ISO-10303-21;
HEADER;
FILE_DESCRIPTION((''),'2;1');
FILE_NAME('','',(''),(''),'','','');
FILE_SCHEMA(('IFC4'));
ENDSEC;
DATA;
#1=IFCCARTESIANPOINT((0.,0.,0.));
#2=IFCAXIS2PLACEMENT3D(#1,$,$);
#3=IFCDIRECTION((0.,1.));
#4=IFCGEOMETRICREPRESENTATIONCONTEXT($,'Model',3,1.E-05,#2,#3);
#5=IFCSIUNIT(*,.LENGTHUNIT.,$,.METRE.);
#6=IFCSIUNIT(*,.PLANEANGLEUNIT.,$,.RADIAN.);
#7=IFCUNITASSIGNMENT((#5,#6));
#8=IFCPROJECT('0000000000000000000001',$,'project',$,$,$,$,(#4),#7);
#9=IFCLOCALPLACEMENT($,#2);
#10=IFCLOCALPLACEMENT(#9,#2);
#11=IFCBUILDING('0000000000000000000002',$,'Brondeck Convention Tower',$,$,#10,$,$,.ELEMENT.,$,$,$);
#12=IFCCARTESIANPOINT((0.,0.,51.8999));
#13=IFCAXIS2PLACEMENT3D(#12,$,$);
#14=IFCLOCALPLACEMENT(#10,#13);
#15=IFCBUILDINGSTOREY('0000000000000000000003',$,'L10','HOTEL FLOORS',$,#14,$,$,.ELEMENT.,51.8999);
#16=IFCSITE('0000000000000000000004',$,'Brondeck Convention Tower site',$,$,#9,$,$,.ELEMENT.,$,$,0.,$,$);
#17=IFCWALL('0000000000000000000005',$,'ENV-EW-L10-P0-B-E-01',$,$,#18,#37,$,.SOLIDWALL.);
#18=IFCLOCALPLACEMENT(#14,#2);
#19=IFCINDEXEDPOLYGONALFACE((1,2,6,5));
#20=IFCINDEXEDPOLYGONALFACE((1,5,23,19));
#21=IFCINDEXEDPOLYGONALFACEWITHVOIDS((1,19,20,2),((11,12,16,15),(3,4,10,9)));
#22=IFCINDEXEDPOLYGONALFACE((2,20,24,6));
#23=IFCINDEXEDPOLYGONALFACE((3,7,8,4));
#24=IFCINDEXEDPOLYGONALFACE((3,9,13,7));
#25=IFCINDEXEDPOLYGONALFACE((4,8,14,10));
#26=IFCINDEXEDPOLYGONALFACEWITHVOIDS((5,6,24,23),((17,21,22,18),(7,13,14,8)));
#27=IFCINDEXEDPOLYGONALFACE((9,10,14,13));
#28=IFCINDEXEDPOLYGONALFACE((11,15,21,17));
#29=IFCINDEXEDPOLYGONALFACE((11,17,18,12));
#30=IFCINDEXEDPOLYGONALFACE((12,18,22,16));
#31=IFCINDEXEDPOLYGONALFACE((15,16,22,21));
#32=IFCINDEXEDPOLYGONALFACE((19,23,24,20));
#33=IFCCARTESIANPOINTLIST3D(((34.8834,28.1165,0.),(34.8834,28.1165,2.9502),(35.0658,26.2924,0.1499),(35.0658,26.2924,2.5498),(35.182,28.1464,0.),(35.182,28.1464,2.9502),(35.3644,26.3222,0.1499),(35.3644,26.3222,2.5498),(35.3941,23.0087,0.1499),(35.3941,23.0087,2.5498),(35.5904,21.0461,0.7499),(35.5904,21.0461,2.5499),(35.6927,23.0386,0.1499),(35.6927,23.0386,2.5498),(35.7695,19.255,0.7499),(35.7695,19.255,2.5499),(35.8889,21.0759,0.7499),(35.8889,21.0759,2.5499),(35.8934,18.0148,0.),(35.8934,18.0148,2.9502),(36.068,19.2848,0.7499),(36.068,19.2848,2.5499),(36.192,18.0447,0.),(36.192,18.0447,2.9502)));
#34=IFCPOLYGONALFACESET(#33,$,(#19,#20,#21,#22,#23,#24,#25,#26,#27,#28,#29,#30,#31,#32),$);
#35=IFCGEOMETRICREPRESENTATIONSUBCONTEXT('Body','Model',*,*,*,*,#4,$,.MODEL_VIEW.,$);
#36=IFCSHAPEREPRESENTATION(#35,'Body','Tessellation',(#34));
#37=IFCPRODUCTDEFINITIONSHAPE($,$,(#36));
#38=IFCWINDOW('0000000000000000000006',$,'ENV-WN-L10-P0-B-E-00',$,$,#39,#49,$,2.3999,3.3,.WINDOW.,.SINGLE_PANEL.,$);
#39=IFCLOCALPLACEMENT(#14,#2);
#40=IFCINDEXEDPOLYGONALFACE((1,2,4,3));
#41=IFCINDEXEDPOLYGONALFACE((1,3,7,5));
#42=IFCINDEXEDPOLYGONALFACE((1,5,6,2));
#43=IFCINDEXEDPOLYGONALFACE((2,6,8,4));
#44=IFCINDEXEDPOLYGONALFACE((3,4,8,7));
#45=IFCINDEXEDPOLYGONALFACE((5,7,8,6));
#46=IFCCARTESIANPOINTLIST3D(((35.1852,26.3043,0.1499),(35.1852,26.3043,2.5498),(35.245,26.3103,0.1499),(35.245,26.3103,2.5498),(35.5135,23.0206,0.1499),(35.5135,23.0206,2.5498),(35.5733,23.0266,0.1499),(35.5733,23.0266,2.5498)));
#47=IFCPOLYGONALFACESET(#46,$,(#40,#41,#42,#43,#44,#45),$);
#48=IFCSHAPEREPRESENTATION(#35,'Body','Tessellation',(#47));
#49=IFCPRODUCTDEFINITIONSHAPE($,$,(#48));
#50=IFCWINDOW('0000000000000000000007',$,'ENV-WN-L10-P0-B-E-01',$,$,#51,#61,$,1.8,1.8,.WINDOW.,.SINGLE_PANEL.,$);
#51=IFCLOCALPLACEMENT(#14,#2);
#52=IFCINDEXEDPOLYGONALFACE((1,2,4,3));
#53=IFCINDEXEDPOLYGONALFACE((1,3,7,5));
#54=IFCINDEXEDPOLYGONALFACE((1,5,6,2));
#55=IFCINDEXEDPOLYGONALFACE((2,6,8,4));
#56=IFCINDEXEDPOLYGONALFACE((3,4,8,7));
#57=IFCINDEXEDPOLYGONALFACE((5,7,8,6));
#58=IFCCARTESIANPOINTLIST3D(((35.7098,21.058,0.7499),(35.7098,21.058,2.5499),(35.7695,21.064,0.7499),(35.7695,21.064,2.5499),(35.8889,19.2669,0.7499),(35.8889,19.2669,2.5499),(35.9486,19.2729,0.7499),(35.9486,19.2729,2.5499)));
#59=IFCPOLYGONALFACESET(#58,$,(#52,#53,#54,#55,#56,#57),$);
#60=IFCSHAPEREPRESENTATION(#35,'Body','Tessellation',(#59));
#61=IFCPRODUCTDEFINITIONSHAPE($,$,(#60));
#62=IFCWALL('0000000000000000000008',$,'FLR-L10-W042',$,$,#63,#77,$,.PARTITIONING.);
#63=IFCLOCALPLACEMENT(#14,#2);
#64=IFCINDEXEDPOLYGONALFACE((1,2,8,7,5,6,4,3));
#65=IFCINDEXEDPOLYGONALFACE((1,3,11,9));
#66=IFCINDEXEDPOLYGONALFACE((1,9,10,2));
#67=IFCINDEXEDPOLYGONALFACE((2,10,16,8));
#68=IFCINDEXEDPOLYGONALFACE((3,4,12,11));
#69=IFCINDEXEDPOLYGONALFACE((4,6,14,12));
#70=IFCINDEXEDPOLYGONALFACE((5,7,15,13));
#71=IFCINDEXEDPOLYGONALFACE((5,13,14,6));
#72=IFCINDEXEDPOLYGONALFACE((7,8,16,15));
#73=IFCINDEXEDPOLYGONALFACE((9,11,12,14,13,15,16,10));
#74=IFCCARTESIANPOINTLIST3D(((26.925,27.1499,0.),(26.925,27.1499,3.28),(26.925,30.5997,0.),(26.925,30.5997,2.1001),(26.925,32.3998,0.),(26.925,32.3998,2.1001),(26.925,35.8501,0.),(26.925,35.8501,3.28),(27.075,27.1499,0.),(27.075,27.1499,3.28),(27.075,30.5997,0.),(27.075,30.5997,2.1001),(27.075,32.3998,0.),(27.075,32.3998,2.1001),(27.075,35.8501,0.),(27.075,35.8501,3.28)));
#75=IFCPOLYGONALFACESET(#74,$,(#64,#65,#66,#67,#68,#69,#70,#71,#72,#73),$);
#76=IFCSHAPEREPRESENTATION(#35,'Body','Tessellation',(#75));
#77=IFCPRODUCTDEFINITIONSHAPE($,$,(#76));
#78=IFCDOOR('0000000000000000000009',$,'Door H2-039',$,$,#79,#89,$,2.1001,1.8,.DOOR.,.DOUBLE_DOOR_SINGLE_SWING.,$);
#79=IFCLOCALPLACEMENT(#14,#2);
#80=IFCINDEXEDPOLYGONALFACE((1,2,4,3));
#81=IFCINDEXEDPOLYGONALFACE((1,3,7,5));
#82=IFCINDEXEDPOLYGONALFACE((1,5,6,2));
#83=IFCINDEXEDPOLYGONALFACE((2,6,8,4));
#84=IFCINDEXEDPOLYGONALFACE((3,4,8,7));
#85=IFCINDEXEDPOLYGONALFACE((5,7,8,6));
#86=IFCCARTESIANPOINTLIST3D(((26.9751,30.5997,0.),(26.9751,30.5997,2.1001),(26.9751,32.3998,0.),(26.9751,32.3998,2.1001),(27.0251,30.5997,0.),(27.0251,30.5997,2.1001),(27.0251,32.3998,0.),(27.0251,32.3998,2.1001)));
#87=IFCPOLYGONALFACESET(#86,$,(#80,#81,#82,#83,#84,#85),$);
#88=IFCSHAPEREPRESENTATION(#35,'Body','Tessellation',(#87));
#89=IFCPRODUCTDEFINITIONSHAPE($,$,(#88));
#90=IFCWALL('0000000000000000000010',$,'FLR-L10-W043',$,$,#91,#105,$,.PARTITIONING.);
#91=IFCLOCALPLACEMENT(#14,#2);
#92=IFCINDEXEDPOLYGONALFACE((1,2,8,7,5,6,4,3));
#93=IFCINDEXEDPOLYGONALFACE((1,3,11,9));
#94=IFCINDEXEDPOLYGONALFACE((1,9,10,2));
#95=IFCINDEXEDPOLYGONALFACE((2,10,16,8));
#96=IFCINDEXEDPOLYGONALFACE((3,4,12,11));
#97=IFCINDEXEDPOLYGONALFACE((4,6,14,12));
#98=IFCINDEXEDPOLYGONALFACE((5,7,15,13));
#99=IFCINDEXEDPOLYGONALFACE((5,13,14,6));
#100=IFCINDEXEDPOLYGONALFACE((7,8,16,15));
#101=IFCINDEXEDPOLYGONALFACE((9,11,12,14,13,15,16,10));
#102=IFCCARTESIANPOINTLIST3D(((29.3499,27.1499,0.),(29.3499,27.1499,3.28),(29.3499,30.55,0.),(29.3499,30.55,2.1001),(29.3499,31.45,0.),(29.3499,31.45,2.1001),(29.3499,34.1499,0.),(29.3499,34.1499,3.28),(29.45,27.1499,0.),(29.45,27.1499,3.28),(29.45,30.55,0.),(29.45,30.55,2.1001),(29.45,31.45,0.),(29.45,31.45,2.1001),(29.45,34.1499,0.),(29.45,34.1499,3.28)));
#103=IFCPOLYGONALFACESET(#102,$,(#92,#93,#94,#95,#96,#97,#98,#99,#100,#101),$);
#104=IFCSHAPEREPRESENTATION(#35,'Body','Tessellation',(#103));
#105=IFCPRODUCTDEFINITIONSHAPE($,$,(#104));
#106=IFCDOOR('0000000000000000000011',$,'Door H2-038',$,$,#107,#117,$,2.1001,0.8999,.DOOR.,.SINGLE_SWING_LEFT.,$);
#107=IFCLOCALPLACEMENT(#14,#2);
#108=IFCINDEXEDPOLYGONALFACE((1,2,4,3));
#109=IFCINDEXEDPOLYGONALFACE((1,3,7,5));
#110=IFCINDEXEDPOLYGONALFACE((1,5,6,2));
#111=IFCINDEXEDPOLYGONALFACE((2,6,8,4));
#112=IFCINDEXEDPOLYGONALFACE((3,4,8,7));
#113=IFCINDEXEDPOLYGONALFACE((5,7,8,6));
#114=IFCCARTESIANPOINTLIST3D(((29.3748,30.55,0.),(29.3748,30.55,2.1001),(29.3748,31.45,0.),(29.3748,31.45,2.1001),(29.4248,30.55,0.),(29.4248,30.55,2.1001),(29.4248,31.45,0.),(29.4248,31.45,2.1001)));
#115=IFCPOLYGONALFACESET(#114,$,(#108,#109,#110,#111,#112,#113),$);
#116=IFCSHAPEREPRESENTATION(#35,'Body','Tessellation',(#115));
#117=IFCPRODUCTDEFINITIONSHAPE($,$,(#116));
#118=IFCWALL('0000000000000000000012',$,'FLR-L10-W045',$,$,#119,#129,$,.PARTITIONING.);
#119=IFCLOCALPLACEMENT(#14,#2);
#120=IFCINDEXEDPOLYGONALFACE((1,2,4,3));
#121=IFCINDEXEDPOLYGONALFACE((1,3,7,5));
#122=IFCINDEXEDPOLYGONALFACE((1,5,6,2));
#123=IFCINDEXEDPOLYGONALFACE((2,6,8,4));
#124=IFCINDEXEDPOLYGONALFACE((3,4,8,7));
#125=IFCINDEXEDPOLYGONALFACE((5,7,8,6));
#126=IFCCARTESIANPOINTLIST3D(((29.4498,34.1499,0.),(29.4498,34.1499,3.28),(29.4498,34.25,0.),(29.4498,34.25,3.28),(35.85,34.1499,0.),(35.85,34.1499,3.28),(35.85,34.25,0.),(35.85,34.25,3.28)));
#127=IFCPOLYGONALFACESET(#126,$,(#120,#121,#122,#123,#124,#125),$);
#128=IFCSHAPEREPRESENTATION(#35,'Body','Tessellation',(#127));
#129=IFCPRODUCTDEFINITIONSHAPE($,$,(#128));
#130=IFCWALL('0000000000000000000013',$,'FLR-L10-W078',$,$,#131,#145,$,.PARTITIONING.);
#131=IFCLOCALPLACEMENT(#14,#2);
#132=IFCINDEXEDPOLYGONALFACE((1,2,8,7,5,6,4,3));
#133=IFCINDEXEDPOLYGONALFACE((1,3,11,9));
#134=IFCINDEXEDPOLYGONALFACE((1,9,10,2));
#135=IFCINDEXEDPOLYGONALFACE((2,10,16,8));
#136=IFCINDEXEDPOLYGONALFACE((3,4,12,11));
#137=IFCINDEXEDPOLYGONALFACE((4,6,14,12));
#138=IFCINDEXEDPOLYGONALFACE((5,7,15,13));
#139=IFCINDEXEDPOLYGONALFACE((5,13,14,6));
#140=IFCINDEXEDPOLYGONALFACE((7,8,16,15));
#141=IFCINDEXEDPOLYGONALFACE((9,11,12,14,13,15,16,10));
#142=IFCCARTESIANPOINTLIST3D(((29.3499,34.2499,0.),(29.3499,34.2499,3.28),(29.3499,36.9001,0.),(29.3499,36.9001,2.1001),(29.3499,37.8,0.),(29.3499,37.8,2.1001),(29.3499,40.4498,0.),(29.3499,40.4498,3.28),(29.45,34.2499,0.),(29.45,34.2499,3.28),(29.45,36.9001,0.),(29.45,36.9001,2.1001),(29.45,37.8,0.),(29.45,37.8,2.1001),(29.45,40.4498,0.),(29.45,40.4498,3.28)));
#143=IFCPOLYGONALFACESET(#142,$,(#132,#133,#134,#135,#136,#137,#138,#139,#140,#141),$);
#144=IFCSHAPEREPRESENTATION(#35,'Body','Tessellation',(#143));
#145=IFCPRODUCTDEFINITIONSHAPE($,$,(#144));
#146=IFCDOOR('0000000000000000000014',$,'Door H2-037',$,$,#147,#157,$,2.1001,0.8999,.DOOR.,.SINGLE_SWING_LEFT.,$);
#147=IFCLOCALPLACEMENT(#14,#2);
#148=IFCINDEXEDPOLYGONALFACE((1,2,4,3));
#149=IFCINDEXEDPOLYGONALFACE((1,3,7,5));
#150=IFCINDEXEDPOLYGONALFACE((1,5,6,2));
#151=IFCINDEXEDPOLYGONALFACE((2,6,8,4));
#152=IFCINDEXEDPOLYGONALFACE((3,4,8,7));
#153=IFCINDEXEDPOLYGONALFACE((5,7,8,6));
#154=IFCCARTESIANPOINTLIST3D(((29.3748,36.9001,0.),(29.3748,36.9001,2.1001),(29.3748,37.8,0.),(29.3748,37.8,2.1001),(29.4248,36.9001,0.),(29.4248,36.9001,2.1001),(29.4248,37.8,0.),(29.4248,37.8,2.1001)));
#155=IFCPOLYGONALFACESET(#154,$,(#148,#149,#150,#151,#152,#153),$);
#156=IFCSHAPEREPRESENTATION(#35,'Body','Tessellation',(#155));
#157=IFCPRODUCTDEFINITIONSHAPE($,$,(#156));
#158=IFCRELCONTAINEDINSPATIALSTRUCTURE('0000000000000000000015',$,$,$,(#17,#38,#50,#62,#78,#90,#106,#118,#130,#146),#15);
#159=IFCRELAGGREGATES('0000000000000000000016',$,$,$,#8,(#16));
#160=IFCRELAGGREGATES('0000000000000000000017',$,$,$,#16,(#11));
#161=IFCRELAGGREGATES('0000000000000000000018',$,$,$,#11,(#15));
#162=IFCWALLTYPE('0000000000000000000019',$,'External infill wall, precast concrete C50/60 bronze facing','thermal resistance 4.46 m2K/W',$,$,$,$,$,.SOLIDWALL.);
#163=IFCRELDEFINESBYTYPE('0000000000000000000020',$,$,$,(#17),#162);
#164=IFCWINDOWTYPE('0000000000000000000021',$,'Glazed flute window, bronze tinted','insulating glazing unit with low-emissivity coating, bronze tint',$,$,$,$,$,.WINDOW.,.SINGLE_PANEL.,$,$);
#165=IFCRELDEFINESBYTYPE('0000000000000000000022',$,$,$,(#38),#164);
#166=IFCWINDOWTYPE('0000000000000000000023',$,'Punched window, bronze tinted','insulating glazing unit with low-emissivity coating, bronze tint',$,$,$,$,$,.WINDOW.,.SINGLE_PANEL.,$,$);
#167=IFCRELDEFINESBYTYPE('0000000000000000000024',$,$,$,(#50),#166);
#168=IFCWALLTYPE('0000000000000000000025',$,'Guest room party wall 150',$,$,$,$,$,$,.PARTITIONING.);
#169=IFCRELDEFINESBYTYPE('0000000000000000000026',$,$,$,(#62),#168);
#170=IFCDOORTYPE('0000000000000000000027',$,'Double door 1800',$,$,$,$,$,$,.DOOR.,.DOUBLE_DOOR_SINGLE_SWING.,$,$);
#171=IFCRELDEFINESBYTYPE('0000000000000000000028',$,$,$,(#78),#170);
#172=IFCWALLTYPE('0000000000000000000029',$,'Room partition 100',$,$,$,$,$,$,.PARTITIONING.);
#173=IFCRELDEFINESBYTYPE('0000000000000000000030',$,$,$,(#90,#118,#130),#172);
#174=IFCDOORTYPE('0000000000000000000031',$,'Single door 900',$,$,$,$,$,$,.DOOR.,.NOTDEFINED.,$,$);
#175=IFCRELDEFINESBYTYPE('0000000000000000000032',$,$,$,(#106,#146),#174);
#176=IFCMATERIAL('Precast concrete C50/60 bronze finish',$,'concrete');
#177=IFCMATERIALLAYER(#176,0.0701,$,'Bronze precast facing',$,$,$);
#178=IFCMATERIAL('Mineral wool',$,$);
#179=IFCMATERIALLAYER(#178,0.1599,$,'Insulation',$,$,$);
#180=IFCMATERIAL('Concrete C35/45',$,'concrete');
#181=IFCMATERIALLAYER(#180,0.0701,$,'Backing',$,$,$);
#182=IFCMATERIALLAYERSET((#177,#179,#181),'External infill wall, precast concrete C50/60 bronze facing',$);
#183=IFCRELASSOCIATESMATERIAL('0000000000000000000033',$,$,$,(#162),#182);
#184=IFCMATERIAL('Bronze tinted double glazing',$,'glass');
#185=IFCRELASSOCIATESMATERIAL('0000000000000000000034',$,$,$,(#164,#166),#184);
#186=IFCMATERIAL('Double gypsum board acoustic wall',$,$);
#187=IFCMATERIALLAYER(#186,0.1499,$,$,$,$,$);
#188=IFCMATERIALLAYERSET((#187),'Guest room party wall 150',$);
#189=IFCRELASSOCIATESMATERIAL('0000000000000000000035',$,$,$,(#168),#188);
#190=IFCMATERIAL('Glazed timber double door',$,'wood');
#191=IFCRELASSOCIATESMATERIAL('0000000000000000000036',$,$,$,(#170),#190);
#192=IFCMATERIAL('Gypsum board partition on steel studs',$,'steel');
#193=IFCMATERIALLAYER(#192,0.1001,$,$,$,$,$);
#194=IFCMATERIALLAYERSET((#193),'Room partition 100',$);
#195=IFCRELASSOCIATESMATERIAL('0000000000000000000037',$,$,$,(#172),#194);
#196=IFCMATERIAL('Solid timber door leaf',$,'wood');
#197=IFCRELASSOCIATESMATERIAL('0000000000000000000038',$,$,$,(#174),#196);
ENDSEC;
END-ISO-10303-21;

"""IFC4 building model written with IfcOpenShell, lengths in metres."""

from ifc_helpers import new_model, si_unit, direction, frame, frame_2d, origin, place, context, subcontext, project, spatial, rectangle, extrude, material, layer, layer_set, type_object, element, fill, save


model = new_model("IFC4")

# Units and contexts
model_context = context("Model", 3, precision=1e-05, world=origin(), true_north=direction((0.0, 1.0)))
body_context = subcontext(model_context, "Body", "Model", "MODEL_VIEW")
ifc_project = project(units=[si_unit("LENGTHUNIT", "METRE"), si_unit("PLANEANGLEUNIT", "RADIAN")], contexts=[model_context])

# Site, building, storey
site_placement = place(None, origin())
site = spatial("IfcSite", under=ifc_project, at=site_placement, Name="Brondeck Convention Tower site", CompositionType="ELEMENT", RefElevation=0.0)
building_placement = place(site_placement, origin())
building = spatial("IfcBuilding", under=site, at=building_placement, Name="Brondeck Convention Tower", CompositionType="ELEMENT")
storey_placement = place(building_placement, frame((0.0, 0.0, 51.8999)))
storey = spatial("IfcBuildingStorey", under=building, at=storey_placement, Name="L10", Description="HOTEL FLOORS", CompositionType="ELEMENT", Elevation=51.8999)

# Wall, openings, windows
ifc_material_1 = material(Name="Precast concrete C50/60 bronze finish", Category="concrete")
ifc_layer_1 = layer(ifc_material_1, 0.0701, Name="Bronze precast facing")
ifc_material_2 = material(Name="Mineral wool")
ifc_layer_2 = layer(ifc_material_2, 0.1599, Name="Insulation")
ifc_material_3 = material(Name="Concrete C35/45", Category="concrete")
ifc_layer_3 = layer(ifc_material_3, 0.0701, Name="Backing")
ifc_layer_set_1 = layer_set([ifc_layer_1, ifc_layer_2, ifc_layer_3], Name="External infill wall, precast concrete C50/60 bronze facing")
wall_type_1 = type_object("IfcWallType", Name="External infill wall, precast concrete C50/60 bronze facing", Description="thermal resistance 4.46 m2K/W", PredefinedType="SOLIDWALL", material=ifc_layer_set_1)
wall_1_placement = place(storey_placement, frame((35.0327, 28.1316, 0.0), z_axis=(0.0, 0.0, 1.0), x_axis=(0.099487, -0.995039, 0.0)))
wall_1 = element("IfcWall", 1, at=wall_1_placement, inside=storey, type_object=wall_type_1, Name="ENV-EW-L10-P0-B-E-01", PredefinedType="SOLIDWALL", context=body_context, shape_type="SweptSolid", body=[
    extrude(rectangle(XDim=10.1521, YDim=0.3, at=frame_2d((5.0762, 0.0))), origin(), (0.0, 0.0, 1.0), 2.9502),
])
opening_1_placement = place(wall_1_placement, frame((1.8335, 0.0, 0.1499)))
opening_1 = element("IfcOpeningElement", 2, at=opening_1_placement, cuts=wall_1, PredefinedType="OPENING", context=body_context, shape_type="SweptSolid", body=[
    extrude(rectangle(XDim=3.3, YDim=2.3999, at=frame_2d((1.6499, 1.2))), frame((0.0, 0.1599, 0.0), z_axis=(0.0, -1.0, 0.0), x_axis=(1.0, 0.0, 0.0)), (0.0, 0.0, 1.0), 0.3201),
])
opening_2_placement = place(wall_1_placement, frame((7.106, 0.0, 0.75)))
opening_2 = element("IfcOpeningElement", 3, at=opening_2_placement, cuts=wall_1, PredefinedType="OPENING", context=body_context, shape_type="SweptSolid", body=[
    extrude(rectangle(XDim=1.8, YDim=1.8, at=frame_2d((0.8999, 0.8999))), frame((0.0, 0.1599, 0.0), z_axis=(0.0, -1.0, 0.0), x_axis=(1.0, 0.0, 0.0)), (0.0, 0.0, 1.0), 0.3201),
])
ifc_material_4 = material(Name="Bronze tinted double glazing", Category="glass")
window_type_1 = type_object("IfcWindowType", Name="Glazed flute window, bronze tinted", Description="insulating glazing unit with low-emissivity coating, bronze tint", PartitioningType="SINGLE_PANEL", PredefinedType="WINDOW", material=ifc_material_4)
window_1_placement = place(opening_1_placement, origin())
window_1 = element("IfcWindow", 4, at=window_1_placement, inside=storey, type_object=window_type_1, Name="ENV-WN-L10-P0-B-E-00", OverallHeight=2.3999, OverallWidth=3.3, PartitioningType="SINGLE_PANEL", PredefinedType="WINDOW", context=body_context, shape_type="SweptSolid", body=[
    extrude(rectangle(XDim=3.3, YDim=2.3999, at=frame_2d((1.6499, 1.2))), frame((0.0, 0.03, 0.0), z_axis=(0.0, -1.0, 0.0), x_axis=(1.0, 0.0, 0.0)), (0.0, 0.0, 1.0), 0.0601),
])
fill(opening_1, window_1)
window_type_2 = type_object("IfcWindowType", Name="Punched window, bronze tinted", Description="insulating glazing unit with low-emissivity coating, bronze tint", PartitioningType="SINGLE_PANEL", PredefinedType="WINDOW", material=ifc_material_4)
window_2_placement = place(opening_2_placement, origin())
window_2 = element("IfcWindow", 5, at=window_2_placement, inside=storey, type_object=window_type_2, Name="ENV-WN-L10-P0-B-E-01", OverallHeight=1.8, OverallWidth=1.8, PartitioningType="SINGLE_PANEL", PredefinedType="WINDOW", context=body_context, shape_type="SweptSolid", body=[
    extrude(rectangle(XDim=1.8, YDim=1.8, at=frame_2d((0.8999, 0.8999))), frame((0.0, 0.03, 0.0), z_axis=(0.0, -1.0, 0.0), x_axis=(1.0, 0.0, 0.0)), (0.0, 0.0, 1.0), 0.0601),
])
fill(opening_2, window_2)

# Walls, openings, doors
ifc_material_5 = material(Name="Double gypsum board acoustic wall")
ifc_layer_4 = layer(ifc_material_5, 0.1499)
ifc_layer_set_2 = layer_set([ifc_layer_4], Name="Guest room party wall 150")
wall_type_2 = type_object("IfcWallType", Name="Guest room party wall 150", PredefinedType="PARTITIONING", material=ifc_layer_set_2)
wall_2_placement = place(storey_placement, frame((27.0, 27.1499, 0.0), z_axis=(0.0, 0.0, 1.0), x_axis=(0.0, 1.0, 0.0)))
wall_2 = element("IfcWall", 6, at=wall_2_placement, inside=storey, type_object=wall_type_2, Name="FLR-L10-W042", PredefinedType="PARTITIONING", context=body_context, shape_type="SweptSolid", body=[
    extrude(rectangle(XDim=8.7002, YDim=0.1499, at=frame_2d((4.3501, 0.0))), origin(), (0.0, 0.0, 1.0), 3.28),
])
opening_3_placement = place(wall_2_placement, frame((3.45, 0.0, 0.0)))
opening_3 = element("IfcOpeningElement", 7, at=opening_3_placement, cuts=wall_2, PredefinedType="OPENING", context=body_context, shape_type="SweptSolid", body=[
    extrude(rectangle(XDim=1.8, YDim=2.1001, at=frame_2d((0.8999, 1.05))), frame((0.0, 0.085, 0.0), z_axis=(0.0, -1.0, 0.0), x_axis=(1.0, 0.0, 0.0)), (0.0, 0.0, 1.0), 0.1699),
])
ifc_material_6 = material(Name="Glazed timber double door", Category="wood")
door_type_1 = type_object("IfcDoorType", Name="Double door 1800", OperationType="DOUBLE_DOOR_SINGLE_SWING", PredefinedType="DOOR", material=ifc_material_6)
door_1_placement = place(opening_3_placement, origin())
door_1 = element("IfcDoor", 8, at=door_1_placement, inside=storey, type_object=door_type_1, Name="Door H2-039", OperationType="DOUBLE_DOOR_SINGLE_SWING", OverallHeight=2.1001, OverallWidth=1.8, PredefinedType="DOOR", context=body_context, shape_type="SweptSolid", body=[
    extrude(rectangle(XDim=1.8, YDim=2.1001, at=frame_2d((0.8999, 1.05))), frame((0.0, 0.0249, 0.0), z_axis=(0.0, -1.0, 0.0), x_axis=(1.0, 0.0, 0.0)), (0.0, 0.0, 1.0), 0.05),
])
fill(opening_3, door_1)
ifc_material_7 = material(Name="Gypsum board partition on steel studs", Category="steel")
ifc_layer_5 = layer(ifc_material_7, 0.1001)
ifc_layer_set_3 = layer_set([ifc_layer_5], Name="Room partition 100")
wall_type_3 = type_object("IfcWallType", Name="Room partition 100", PredefinedType="PARTITIONING", material=ifc_layer_set_3)
wall_3_placement = place(storey_placement, frame((29.3999, 34.1499, 0.0), z_axis=(0.0, 0.0, 1.0), x_axis=(0.0, -1.0, 0.0)))
wall_3 = element("IfcWall", 9, at=wall_3_placement, inside=storey, type_object=wall_type_3, Name="FLR-L10-W043", PredefinedType="PARTITIONING", context=body_context, shape_type="SweptSolid", body=[
    extrude(rectangle(XDim=7.0, YDim=0.1001, at=frame_2d((3.5, 0.0))), origin(), (0.0, 0.0, 1.0), 3.28),
])
opening_4_placement = place(wall_3_placement, frame((2.7, 0.0, 0.0)))
opening_4 = element("IfcOpeningElement", 10, at=opening_4_placement, cuts=wall_3, PredefinedType="OPENING", context=body_context, shape_type="SweptSolid", body=[
    extrude(rectangle(XDim=0.8999, YDim=2.1001, at=frame_2d((0.45, 1.05))), frame((0.0, 0.0601, 0.0), z_axis=(0.0, -1.0, 0.0), x_axis=(1.0, 0.0, 0.0)), (0.0, 0.0, 1.0), 0.1201),
])
ifc_material_8 = material(Name="Solid timber door leaf", Category="wood")
door_type_2 = type_object("IfcDoorType", Name="Single door 900", OperationType="NOTDEFINED", PredefinedType="DOOR", material=ifc_material_8)
door_2_placement = place(opening_4_placement, origin())
door_2 = element("IfcDoor", 11, at=door_2_placement, inside=storey, type_object=door_type_2, Name="Door H2-038", OperationType="SINGLE_SWING_LEFT", OverallHeight=2.1001, OverallWidth=0.8999, PredefinedType="DOOR", context=body_context, shape_type="SweptSolid", body=[
    extrude(rectangle(XDim=0.8999, YDim=2.1001, at=frame_2d((0.45, 1.05))), frame((0.0, 0.0249, 0.0), z_axis=(0.0, -1.0, 0.0), x_axis=(1.0, 0.0, 0.0)), (0.0, 0.0, 1.0), 0.05),
])
fill(opening_4, door_2)

# Wall
wall_4_placement = place(storey_placement, frame((35.8501, 34.2, 0.0), z_axis=(0.0, 0.0, 1.0), x_axis=(-1.0, 0.0, 0.0)))
element("IfcWall", 12, at=wall_4_placement, inside=storey, type_object=wall_type_3, Name="FLR-L10-W045", PredefinedType="PARTITIONING", context=body_context, shape_type="SweptSolid", body=[
    extrude(rectangle(XDim=6.4001, YDim=0.1001, at=frame_2d((3.2002, 0.0))), origin(), (0.0, 0.0, 1.0), 3.28),
])

# Wall, opening, door
wall_5_placement = place(storey_placement, frame((29.3999, 40.45, 0.0), z_axis=(0.0, 0.0, 1.0), x_axis=(0.0, -1.0, 0.0)))
wall_5 = element("IfcWall", 13, at=wall_5_placement, inside=storey, type_object=wall_type_3, Name="FLR-L10-W078", PredefinedType="PARTITIONING", context=body_context, shape_type="SweptSolid", body=[
    extrude(rectangle(XDim=6.2, YDim=0.1001, at=frame_2d((3.1001, 0.0))), origin(), (0.0, 0.0, 1.0), 3.28),
])
opening_5_placement = place(wall_5_placement, frame((2.6499, 0.0, 0.0)))
opening_5 = element("IfcOpeningElement", 14, at=opening_5_placement, cuts=wall_5, PredefinedType="OPENING", context=body_context, shape_type="SweptSolid", body=[
    extrude(rectangle(XDim=0.8999, YDim=2.1001, at=frame_2d((0.45, 1.05))), frame((0.0, 0.0601, 0.0), z_axis=(0.0, -1.0, 0.0), x_axis=(1.0, 0.0, 0.0)), (0.0, 0.0, 1.0), 0.1201),
])
door_3_placement = place(opening_5_placement, origin())
door_3 = element("IfcDoor", 15, at=door_3_placement, inside=storey, type_object=door_type_2, Name="Door H2-037", OperationType="SINGLE_SWING_LEFT", OverallHeight=2.1001, OverallWidth=0.8999, PredefinedType="DOOR", context=body_context, shape_type="SweptSolid", body=[
    extrude(rectangle(XDim=0.8999, YDim=2.1001, at=frame_2d((0.45, 1.05))), frame((0.0, 0.0249, 0.0), z_axis=(0.0, -1.0, 0.0), x_axis=(1.0, 0.0, 0.0)), (0.0, 0.0, 1.0), 0.05),
])
fill(opening_5, door_3)

save(model, "model.ifc")
